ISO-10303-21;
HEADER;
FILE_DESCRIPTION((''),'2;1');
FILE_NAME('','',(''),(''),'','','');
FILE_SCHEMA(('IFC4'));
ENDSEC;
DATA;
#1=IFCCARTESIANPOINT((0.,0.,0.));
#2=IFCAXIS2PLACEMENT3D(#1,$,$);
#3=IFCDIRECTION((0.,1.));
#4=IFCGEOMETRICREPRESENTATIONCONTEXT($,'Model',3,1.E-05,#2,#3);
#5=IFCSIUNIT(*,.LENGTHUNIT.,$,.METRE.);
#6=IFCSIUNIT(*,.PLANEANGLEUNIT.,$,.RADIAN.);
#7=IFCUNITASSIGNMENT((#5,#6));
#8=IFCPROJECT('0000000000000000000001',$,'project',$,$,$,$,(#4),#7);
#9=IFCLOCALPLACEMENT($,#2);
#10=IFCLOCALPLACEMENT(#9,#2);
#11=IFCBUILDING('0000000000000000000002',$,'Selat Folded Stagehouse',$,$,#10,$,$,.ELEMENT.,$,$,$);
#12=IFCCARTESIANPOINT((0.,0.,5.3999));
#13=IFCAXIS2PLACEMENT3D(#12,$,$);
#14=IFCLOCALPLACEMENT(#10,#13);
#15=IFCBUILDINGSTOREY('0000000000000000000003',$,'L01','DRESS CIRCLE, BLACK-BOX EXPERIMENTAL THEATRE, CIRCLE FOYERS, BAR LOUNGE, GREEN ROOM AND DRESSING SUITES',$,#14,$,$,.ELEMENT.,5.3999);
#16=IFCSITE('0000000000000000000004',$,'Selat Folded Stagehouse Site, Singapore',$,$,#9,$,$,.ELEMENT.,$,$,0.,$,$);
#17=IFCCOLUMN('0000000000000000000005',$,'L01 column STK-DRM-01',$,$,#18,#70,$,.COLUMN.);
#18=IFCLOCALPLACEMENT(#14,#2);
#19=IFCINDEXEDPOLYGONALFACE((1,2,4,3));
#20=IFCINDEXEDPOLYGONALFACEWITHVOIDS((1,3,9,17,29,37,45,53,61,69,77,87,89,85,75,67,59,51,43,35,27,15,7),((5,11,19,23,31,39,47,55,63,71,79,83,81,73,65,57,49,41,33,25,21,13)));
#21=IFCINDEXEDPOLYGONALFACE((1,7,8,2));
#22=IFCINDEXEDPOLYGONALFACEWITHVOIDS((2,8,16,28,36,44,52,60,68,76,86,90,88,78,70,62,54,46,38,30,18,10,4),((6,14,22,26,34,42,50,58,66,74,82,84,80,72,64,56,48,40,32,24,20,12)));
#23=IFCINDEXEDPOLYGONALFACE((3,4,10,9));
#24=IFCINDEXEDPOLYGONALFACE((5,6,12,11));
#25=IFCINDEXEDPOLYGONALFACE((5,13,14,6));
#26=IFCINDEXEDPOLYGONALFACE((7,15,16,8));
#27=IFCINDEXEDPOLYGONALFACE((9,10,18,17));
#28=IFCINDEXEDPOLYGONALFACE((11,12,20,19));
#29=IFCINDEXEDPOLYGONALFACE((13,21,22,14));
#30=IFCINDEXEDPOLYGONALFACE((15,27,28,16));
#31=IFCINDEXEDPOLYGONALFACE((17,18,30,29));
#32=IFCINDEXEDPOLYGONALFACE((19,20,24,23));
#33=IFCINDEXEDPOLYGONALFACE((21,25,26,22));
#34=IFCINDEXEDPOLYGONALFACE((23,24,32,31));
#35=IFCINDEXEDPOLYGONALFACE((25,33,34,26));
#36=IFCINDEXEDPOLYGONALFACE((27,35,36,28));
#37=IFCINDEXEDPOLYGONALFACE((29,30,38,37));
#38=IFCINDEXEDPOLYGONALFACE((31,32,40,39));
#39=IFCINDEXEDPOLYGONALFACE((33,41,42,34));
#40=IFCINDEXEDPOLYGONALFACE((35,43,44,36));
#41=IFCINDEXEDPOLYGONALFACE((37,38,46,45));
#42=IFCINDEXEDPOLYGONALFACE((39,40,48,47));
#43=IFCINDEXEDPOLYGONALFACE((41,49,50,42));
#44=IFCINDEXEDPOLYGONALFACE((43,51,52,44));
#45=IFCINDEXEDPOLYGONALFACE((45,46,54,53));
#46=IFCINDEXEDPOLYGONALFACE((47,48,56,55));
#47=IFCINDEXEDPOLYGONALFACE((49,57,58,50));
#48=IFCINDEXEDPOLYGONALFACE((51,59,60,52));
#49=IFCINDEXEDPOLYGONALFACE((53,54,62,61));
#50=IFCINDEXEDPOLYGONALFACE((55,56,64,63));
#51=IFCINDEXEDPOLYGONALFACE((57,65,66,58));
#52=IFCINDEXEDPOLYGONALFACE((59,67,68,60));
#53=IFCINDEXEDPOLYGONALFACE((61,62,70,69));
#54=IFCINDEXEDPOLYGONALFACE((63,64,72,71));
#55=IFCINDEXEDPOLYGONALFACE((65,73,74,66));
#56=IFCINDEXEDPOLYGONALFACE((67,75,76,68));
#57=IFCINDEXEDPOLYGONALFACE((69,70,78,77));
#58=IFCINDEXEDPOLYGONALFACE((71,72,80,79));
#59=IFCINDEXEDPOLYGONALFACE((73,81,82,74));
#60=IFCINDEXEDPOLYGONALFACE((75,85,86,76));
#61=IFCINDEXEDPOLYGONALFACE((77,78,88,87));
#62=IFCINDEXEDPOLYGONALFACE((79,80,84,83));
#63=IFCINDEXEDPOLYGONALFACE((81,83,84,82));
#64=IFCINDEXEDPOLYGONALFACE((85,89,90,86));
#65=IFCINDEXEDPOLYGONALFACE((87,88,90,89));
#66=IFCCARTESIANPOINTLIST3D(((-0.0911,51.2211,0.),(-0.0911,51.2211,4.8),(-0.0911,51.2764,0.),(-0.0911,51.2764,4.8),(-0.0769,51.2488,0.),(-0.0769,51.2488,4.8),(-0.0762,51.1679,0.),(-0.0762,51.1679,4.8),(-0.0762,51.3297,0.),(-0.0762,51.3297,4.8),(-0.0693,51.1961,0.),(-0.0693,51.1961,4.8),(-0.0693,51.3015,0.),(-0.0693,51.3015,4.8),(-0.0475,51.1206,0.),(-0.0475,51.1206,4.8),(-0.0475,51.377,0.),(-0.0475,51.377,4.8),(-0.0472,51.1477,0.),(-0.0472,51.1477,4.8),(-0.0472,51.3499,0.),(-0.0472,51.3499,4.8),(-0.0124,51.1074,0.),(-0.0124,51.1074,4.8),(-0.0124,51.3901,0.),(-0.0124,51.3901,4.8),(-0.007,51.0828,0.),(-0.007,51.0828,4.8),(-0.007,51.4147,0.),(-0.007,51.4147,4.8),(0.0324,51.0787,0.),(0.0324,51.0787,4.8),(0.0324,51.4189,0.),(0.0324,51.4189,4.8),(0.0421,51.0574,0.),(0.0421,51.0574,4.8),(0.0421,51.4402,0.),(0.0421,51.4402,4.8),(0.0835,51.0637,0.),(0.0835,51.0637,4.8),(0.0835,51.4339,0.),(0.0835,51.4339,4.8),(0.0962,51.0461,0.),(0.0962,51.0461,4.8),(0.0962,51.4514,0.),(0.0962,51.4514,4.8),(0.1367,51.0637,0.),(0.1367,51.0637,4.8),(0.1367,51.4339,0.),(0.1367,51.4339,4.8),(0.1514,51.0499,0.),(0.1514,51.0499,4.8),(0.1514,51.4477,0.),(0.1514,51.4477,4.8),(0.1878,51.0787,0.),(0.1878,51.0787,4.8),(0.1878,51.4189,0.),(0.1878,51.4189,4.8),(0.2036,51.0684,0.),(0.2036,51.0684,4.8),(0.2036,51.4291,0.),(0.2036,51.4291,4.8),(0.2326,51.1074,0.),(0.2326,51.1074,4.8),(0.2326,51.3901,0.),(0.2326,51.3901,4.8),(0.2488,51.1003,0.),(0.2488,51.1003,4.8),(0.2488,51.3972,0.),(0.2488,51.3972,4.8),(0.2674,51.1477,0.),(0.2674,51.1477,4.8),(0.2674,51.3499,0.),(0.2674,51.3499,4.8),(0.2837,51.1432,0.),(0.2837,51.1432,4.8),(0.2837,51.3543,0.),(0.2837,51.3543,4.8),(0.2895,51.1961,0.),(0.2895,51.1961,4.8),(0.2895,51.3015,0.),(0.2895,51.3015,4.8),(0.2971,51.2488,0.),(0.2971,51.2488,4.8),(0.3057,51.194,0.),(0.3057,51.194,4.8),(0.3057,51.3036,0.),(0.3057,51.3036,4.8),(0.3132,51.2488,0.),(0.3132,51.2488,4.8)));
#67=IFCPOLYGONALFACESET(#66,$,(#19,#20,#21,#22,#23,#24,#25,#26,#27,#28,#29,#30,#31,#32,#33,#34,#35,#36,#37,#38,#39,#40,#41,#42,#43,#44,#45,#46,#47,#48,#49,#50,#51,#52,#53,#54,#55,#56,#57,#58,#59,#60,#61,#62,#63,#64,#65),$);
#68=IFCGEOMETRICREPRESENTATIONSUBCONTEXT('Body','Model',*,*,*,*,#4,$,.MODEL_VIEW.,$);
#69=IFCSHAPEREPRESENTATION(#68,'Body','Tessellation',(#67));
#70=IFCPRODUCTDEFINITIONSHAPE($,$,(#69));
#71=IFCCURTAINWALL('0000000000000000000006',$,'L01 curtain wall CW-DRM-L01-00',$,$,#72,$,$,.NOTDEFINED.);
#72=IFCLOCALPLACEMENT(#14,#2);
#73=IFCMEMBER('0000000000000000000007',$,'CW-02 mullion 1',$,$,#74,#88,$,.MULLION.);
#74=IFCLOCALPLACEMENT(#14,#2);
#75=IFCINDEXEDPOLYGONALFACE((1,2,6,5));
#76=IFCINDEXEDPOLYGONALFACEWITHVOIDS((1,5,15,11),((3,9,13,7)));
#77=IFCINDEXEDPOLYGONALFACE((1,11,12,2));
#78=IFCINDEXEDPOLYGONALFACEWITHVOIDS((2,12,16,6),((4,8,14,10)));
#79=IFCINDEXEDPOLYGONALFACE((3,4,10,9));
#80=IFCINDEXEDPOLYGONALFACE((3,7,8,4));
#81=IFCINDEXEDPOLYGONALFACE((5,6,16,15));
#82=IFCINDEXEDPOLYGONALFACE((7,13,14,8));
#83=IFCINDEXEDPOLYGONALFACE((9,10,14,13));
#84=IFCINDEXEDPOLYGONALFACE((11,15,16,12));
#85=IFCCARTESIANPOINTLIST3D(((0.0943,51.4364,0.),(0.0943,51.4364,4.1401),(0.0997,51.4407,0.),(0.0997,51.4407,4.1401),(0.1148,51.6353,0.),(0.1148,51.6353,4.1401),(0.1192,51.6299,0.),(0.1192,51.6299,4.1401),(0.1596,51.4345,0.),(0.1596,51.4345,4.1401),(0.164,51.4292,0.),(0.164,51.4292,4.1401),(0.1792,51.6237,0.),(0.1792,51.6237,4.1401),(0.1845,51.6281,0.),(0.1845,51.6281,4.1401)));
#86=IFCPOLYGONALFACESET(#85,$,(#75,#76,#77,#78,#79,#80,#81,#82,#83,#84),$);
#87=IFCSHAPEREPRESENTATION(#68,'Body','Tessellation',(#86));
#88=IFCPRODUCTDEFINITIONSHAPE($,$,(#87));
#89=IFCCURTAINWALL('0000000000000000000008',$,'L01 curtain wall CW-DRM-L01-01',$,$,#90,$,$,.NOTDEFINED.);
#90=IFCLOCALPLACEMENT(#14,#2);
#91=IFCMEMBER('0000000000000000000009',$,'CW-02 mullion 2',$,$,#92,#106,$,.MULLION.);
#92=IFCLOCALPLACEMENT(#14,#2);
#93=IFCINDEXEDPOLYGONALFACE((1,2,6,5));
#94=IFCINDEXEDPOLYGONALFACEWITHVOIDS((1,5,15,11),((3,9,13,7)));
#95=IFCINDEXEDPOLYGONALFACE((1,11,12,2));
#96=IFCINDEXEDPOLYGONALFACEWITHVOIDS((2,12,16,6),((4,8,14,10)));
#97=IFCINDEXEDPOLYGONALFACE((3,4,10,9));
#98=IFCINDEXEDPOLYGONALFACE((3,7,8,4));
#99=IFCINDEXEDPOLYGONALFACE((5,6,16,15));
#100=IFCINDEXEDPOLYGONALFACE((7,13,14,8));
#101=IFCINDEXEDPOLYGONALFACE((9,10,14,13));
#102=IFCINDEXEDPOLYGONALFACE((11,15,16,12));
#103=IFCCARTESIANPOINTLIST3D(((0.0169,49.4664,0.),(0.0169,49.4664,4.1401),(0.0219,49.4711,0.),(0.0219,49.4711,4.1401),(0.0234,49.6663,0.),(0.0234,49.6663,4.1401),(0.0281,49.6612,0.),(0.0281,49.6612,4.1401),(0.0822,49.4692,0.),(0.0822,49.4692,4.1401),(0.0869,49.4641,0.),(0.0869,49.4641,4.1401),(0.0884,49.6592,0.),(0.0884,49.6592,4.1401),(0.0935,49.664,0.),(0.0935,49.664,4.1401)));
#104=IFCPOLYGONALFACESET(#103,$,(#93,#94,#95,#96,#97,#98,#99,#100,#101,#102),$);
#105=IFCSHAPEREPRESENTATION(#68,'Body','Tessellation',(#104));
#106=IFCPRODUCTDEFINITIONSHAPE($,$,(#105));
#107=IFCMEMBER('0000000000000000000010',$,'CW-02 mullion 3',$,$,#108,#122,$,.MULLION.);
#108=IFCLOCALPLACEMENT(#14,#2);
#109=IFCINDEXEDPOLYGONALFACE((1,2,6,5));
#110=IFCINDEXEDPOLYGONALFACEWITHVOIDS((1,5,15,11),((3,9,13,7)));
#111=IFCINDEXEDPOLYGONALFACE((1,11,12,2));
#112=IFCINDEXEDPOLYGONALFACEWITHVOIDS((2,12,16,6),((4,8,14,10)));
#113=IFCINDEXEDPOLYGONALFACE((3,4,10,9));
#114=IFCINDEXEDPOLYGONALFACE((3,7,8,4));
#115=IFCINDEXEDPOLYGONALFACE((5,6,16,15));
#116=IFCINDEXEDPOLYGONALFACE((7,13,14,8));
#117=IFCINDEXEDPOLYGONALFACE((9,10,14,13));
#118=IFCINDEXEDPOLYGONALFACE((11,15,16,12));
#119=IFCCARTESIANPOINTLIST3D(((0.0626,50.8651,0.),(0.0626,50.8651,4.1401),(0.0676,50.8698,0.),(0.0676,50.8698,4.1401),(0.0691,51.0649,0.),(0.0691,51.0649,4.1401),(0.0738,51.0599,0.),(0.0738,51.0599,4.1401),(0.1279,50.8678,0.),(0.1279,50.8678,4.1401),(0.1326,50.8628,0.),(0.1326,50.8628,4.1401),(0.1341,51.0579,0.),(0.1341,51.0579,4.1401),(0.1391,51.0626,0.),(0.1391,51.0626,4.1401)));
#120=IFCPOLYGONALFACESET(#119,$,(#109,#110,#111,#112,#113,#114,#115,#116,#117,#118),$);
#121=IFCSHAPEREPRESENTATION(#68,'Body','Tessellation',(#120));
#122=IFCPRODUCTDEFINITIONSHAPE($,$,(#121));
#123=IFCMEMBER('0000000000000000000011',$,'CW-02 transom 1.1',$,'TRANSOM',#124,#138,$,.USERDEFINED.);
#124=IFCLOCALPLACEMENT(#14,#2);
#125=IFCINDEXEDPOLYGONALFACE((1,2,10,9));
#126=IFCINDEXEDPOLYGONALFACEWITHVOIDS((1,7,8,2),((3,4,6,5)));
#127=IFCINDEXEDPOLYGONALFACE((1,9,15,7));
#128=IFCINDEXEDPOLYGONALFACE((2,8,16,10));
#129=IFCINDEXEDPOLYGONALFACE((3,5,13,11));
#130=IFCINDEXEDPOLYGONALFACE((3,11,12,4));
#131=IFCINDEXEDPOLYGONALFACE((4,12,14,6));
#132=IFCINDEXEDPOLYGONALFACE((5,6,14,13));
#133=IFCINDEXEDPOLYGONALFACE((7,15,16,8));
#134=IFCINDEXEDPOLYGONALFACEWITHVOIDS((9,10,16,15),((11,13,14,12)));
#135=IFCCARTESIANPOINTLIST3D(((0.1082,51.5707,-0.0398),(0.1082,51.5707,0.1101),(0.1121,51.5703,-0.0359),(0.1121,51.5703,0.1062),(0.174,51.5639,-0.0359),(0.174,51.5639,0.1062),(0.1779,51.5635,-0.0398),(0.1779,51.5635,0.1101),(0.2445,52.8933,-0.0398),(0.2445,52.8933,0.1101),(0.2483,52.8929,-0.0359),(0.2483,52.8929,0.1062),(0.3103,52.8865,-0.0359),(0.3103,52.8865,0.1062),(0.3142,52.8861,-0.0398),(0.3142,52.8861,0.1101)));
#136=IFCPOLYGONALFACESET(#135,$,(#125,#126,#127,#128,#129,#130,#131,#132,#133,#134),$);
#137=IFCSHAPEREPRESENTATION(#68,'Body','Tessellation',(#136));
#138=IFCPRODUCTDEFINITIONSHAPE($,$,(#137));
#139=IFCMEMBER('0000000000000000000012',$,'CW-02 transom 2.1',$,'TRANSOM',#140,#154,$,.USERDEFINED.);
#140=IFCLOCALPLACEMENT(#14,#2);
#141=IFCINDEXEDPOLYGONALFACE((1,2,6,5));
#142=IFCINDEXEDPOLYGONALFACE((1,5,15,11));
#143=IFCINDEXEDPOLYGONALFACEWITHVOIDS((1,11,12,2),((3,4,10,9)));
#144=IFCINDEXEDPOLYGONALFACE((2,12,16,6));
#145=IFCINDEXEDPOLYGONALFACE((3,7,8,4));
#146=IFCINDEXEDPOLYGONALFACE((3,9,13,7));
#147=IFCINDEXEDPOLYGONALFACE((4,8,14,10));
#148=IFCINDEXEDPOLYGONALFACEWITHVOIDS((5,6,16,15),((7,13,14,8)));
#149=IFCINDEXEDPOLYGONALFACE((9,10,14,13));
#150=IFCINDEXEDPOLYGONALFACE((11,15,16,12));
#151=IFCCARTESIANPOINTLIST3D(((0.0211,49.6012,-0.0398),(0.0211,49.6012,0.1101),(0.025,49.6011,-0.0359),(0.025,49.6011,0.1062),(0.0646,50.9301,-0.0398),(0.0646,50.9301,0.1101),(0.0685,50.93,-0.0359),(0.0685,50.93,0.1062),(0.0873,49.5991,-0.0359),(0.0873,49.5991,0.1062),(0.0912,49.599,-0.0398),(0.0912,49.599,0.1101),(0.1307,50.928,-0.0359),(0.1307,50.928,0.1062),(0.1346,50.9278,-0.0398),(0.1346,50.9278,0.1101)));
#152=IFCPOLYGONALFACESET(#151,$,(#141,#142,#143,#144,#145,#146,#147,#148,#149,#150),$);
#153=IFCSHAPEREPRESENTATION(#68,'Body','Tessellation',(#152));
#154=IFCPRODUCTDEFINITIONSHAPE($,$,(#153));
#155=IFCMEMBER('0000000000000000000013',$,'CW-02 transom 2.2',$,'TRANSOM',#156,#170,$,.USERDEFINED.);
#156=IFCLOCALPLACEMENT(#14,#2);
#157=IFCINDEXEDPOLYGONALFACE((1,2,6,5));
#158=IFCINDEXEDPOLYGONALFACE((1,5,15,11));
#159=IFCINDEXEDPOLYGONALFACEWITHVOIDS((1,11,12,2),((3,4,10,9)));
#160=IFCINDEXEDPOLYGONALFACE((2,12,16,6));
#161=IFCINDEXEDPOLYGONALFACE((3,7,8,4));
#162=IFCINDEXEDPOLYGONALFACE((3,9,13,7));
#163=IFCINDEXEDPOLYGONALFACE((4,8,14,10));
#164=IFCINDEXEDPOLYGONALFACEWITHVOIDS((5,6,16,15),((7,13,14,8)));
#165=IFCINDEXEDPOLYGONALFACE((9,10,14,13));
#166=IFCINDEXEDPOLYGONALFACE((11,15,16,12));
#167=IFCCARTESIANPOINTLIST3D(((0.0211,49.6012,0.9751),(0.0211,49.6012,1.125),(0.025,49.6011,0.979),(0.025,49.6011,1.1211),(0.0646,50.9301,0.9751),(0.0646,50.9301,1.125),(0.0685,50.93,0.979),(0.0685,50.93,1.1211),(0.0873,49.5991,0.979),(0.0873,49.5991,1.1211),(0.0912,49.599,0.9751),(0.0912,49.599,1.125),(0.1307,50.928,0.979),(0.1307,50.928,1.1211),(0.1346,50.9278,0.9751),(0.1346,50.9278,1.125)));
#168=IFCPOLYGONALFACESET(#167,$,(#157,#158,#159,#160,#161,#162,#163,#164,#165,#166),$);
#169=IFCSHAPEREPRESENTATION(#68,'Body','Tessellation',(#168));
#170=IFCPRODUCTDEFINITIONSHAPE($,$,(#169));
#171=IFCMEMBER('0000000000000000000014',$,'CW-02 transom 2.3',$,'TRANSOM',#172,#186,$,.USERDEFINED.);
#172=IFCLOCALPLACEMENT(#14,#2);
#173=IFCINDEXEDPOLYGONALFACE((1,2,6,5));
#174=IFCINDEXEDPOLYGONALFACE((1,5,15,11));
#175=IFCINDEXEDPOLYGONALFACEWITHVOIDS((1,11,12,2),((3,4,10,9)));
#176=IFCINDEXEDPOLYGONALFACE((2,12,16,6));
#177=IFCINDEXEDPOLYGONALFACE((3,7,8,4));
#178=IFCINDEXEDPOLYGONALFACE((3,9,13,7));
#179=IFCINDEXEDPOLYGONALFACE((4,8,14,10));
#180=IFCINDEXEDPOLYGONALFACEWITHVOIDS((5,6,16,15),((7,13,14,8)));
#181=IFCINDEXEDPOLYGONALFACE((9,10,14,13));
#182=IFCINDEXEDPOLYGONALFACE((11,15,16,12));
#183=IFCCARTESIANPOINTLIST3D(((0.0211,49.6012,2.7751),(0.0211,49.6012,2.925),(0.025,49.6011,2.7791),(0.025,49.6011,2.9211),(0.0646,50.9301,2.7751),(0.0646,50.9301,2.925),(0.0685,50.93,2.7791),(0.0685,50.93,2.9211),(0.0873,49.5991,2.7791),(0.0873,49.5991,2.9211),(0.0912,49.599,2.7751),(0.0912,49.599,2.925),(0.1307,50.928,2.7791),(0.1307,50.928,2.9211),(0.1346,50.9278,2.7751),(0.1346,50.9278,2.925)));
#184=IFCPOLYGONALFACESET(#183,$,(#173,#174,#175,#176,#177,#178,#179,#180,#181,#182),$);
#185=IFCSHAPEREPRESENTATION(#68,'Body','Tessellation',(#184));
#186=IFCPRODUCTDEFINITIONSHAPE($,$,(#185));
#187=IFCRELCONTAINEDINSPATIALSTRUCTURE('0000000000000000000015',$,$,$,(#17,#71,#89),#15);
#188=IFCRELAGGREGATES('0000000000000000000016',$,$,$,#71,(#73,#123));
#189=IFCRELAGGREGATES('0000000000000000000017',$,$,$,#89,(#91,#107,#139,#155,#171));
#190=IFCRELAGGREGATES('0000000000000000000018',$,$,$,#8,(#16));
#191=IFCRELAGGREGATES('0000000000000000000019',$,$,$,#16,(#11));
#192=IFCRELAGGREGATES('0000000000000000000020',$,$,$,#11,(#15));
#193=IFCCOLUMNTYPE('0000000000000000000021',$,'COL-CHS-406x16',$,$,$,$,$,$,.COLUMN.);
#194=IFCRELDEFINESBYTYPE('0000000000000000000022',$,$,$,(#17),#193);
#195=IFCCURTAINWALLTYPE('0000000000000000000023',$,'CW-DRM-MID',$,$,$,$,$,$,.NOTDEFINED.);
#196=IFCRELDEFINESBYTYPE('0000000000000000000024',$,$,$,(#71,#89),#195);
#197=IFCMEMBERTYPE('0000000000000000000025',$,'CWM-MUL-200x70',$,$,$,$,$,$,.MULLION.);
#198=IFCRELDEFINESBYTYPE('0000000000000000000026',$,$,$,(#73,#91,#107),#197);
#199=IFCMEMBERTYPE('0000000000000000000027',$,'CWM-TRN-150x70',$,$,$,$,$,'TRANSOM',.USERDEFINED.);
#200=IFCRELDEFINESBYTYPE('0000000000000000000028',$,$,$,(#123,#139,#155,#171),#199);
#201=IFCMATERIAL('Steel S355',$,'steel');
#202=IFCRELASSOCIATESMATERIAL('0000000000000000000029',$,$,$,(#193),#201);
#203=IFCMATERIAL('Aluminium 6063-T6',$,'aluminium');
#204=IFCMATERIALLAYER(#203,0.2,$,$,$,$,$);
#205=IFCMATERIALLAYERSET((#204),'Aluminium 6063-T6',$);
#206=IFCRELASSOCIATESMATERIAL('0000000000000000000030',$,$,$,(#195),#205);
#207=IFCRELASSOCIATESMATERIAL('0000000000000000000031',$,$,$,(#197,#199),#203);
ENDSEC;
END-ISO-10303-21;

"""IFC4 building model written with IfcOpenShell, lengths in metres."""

from ifc_helpers import new_model, si_unit, direction, frame, origin, origin_2d, place, context, subcontext, project, spatial, hollow_rectangle, hollow_circle, extrude, material, layer, layer_set, material_profile, profile_set, type_object, element, aggregate, save


model = new_model("IFC4")

# Units and contexts
model_context = context("Model", 3, precision=1e-05, world=origin(), true_north=direction((0.0, 1.0)))
body_context = subcontext(model_context, "Body", "Model", "MODEL_VIEW")
ifc_project = project(units=[si_unit("LENGTHUNIT", "METRE"), si_unit("PLANEANGLEUNIT", "RADIAN")], contexts=[model_context])

# Site, building, storey
site_placement = place(None, origin())
site = spatial("IfcSite", under=ifc_project, at=site_placement, Name="Selat Folded Stagehouse Site, Singapore", CompositionType="ELEMENT", RefElevation=0.0)
building_placement = place(site_placement, origin())
building = spatial("IfcBuilding", under=site, at=building_placement, Name="Selat Folded Stagehouse", CompositionType="ELEMENT")
storey_placement = place(building_placement, frame((0.0, 0.0, 5.3999)))
storey = spatial("IfcBuildingStorey", under=building, at=storey_placement, Name="L01", Description="DRESS CIRCLE, BLACK-BOX EXPERIMENTAL THEATRE, CIRCLE FOYERS, BAR LOUNGE, GREEN ROOM AND DRESSING SUITES", CompositionType="ELEMENT", Elevation=5.3999)

# Column
ifc_material_1 = material(Name="Steel S355", Category="steel")
ifc_material_profile_1 = material_profile(ifc_material_1, hollow_circle(Radius=0.2031, WallThickness=0.0161, at=origin_2d()), Name="CHS 406.4x16.0")
ifc_profile_set_1 = profile_set([ifc_material_profile_1], Name="Steel S355")
column_type = type_object("IfcColumnType", Name="COL-CHS-406x16", PredefinedType="COLUMN", material=ifc_profile_set_1)
column_placement = place(storey_placement, frame((0.1101, 51.2488, 0.0), z_axis=(0.0, 0.0, 1.0), x_axis=(1.0, 0.0, 0.0)))
element("IfcColumn", 1, at=column_placement, inside=storey, type_object=column_type, Name="L01 column STK-DRM-01", PredefinedType="COLUMN", context=body_context, shape_type="SweptSolid", body=[
    extrude(hollow_circle(Radius=0.2031, WallThickness=0.0161, at=origin_2d()), origin(), (0.0, 0.0, 1.0), 4.8),
])

# Curtain wall, member
ifc_material_2 = material(Name="Aluminium 6063-T6", Category="aluminium")
ifc_layer_1 = layer(ifc_material_2, 0.2)
ifc_layer_set_1 = layer_set([ifc_layer_1], Name="Aluminium 6063-T6")
curtain_wall_type = type_object("IfcCurtainWallType", Name="CW-DRM-MID", PredefinedType="NOTDEFINED", material=ifc_layer_set_1)
curtain_wall_1_placement = place(storey_placement, origin())
curtain_wall_1 = element("IfcCurtainWall", 2, at=curtain_wall_1_placement, inside=storey, type_object=curtain_wall_type, Name="L01 curtain wall CW-DRM-L01-00", PredefinedType="NOTDEFINED")
ifc_material_profile_2 = material_profile(ifc_material_2, hollow_rectangle(XDim=0.0701, YDim=0.2, WallThickness=0.0049, at=origin_2d()), Name="ALU 200x70x5.0")
ifc_profile_set_2 = profile_set([ifc_material_profile_2], Name="Aluminium 6063-T6")
member_type_1 = type_object("IfcMemberType", Name="CWM-MUL-200x70", PredefinedType="MULLION", material=ifc_profile_set_2)
member_1_placement = place(storey_placement, frame((0.1394, 51.5322, 0.0), z_axis=(0.0, 0.0, 1.0), x_axis=(-0.994721, 0.102616, 0.0)))
member_1 = element("IfcMember", 3, at=member_1_placement, type_object=member_type_1, Name="CW-02 mullion 1", PredefinedType="MULLION", context=body_context, shape_type="SweptSolid", body=[
    extrude(hollow_rectangle(XDim=0.0701, YDim=0.2, WallThickness=0.0049, at=origin_2d()), origin(), (0.0, 0.0, 1.0), 4.1401),
])

# Curtain wall, members
curtain_wall_2_placement = place(storey_placement, origin())
curtain_wall_2 = element("IfcCurtainWall", 4, at=curtain_wall_2_placement, inside=storey, type_object=curtain_wall_type, Name="L01 curtain wall CW-DRM-L01-01", PredefinedType="NOTDEFINED")
member_2_placement = place(storey_placement, frame((0.0552, 49.5652, 0.0), z_axis=(0.0, 0.0, 1.0), x_axis=(-0.999468, 0.032625, 0.0)))
member_2 = element("IfcMember", 5, at=member_2_placement, type_object=member_type_1, Name="CW-02 mullion 2", PredefinedType="MULLION", context=body_context, shape_type="SweptSolid", body=[
    extrude(hollow_rectangle(XDim=0.0701, YDim=0.2, WallThickness=0.0049, at=origin_2d()), origin(), (0.0, 0.0, 1.0), 4.1401),
])
member_3_placement = place(storey_placement, frame((0.1008, 50.9639, 0.0), z_axis=(0.0, 0.0, 1.0), x_axis=(-0.999468, 0.032625, 0.0)))
member_3 = element("IfcMember", 6, at=member_3_placement, type_object=member_type_1, Name="CW-02 mullion 3", PredefinedType="MULLION", context=body_context, shape_type="SweptSolid", body=[
    extrude(hollow_rectangle(XDim=0.0701, YDim=0.2, WallThickness=0.0049, at=origin_2d()), origin(), (0.0, 0.0, 1.0), 4.1401),
])

# Members
ifc_material_profile_3 = material_profile(ifc_material_2, hollow_rectangle(XDim=0.0701, YDim=0.1499, WallThickness=0.0039, at=origin_2d()), Name="ALU 150x70x4.0")
ifc_profile_set_3 = profile_set([ifc_material_profile_3], Name="Aluminium 6063-T6")
member_type_2 = type_object("IfcMemberType", Name="CWM-TRN-150x70", ElementType="TRANSOM", PredefinedType="USERDEFINED", material=ifc_profile_set_3)
member_4_placement = place(storey_placement, frame((0.1431, 51.5671, 0.0352), z_axis=(0.102467, 0.994736, 0.0), x_axis=(-0.994736, 0.102467, 0.0)))
member_4 = element("IfcMember", 7, at=member_4_placement, type_object=member_type_2, Name="CW-02 transom 1.1", ObjectType="TRANSOM", PredefinedType="USERDEFINED", context=body_context, shape_type="SweptSolid", body=[
    extrude(hollow_rectangle(XDim=0.0701, YDim=0.1499, WallThickness=0.0039, at=origin_2d()), origin(), (0.0, 0.0, 1.0), 1.3296),
])
aggregate(curtain_wall_1, [member_1, member_4])
member_5_placement = place(storey_placement, frame((0.0562, 49.6001, 0.0352), z_axis=(0.032685, 0.999466, 0.0), x_axis=(-0.999466, 0.032685, 0.0)))
member_5 = element("IfcMember", 8, at=member_5_placement, type_object=member_type_2, Name="CW-02 transom 2.1", ObjectType="TRANSOM", PredefinedType="USERDEFINED", context=body_context, shape_type="SweptSolid", body=[
    extrude(hollow_rectangle(XDim=0.0701, YDim=0.1499, WallThickness=0.0039, at=origin_2d()), origin(), (0.0, 0.0, 1.0), 1.3296),
])
member_6_placement = place(storey_placement, frame((0.0562, 49.6001, 1.05), z_axis=(0.032685, 0.999466, 0.0), x_axis=(-0.999466, 0.032685, 0.0)))
member_6 = element("IfcMember", 9, at=member_6_placement, type_object=member_type_2, Name="CW-02 transom 2.2", ObjectType="TRANSOM", PredefinedType="USERDEFINED", context=body_context, shape_type="SweptSolid", body=[
    extrude(hollow_rectangle(XDim=0.0701, YDim=0.1499, WallThickness=0.0039, at=origin_2d()), origin(), (0.0, 0.0, 1.0), 1.3296),
])
member_7_placement = place(storey_placement, frame((0.0562, 49.6001, 2.8501), z_axis=(0.032685, 0.999466, 0.0), x_axis=(-0.999466, 0.032685, 0.0)))
member_7 = element("IfcMember", 10, at=member_7_placement, type_object=member_type_2, Name="CW-02 transom 2.3", ObjectType="TRANSOM", PredefinedType="USERDEFINED", context=body_context, shape_type="SweptSolid", body=[
    extrude(hollow_rectangle(XDim=0.0701, YDim=0.1499, WallThickness=0.0039, at=origin_2d()), origin(), (0.0, 0.0, 1.0), 1.3296),
])

aggregate(curtain_wall_2, [member_2, member_3, member_5, member_6, member_7])

save(model, "model.ifc")
